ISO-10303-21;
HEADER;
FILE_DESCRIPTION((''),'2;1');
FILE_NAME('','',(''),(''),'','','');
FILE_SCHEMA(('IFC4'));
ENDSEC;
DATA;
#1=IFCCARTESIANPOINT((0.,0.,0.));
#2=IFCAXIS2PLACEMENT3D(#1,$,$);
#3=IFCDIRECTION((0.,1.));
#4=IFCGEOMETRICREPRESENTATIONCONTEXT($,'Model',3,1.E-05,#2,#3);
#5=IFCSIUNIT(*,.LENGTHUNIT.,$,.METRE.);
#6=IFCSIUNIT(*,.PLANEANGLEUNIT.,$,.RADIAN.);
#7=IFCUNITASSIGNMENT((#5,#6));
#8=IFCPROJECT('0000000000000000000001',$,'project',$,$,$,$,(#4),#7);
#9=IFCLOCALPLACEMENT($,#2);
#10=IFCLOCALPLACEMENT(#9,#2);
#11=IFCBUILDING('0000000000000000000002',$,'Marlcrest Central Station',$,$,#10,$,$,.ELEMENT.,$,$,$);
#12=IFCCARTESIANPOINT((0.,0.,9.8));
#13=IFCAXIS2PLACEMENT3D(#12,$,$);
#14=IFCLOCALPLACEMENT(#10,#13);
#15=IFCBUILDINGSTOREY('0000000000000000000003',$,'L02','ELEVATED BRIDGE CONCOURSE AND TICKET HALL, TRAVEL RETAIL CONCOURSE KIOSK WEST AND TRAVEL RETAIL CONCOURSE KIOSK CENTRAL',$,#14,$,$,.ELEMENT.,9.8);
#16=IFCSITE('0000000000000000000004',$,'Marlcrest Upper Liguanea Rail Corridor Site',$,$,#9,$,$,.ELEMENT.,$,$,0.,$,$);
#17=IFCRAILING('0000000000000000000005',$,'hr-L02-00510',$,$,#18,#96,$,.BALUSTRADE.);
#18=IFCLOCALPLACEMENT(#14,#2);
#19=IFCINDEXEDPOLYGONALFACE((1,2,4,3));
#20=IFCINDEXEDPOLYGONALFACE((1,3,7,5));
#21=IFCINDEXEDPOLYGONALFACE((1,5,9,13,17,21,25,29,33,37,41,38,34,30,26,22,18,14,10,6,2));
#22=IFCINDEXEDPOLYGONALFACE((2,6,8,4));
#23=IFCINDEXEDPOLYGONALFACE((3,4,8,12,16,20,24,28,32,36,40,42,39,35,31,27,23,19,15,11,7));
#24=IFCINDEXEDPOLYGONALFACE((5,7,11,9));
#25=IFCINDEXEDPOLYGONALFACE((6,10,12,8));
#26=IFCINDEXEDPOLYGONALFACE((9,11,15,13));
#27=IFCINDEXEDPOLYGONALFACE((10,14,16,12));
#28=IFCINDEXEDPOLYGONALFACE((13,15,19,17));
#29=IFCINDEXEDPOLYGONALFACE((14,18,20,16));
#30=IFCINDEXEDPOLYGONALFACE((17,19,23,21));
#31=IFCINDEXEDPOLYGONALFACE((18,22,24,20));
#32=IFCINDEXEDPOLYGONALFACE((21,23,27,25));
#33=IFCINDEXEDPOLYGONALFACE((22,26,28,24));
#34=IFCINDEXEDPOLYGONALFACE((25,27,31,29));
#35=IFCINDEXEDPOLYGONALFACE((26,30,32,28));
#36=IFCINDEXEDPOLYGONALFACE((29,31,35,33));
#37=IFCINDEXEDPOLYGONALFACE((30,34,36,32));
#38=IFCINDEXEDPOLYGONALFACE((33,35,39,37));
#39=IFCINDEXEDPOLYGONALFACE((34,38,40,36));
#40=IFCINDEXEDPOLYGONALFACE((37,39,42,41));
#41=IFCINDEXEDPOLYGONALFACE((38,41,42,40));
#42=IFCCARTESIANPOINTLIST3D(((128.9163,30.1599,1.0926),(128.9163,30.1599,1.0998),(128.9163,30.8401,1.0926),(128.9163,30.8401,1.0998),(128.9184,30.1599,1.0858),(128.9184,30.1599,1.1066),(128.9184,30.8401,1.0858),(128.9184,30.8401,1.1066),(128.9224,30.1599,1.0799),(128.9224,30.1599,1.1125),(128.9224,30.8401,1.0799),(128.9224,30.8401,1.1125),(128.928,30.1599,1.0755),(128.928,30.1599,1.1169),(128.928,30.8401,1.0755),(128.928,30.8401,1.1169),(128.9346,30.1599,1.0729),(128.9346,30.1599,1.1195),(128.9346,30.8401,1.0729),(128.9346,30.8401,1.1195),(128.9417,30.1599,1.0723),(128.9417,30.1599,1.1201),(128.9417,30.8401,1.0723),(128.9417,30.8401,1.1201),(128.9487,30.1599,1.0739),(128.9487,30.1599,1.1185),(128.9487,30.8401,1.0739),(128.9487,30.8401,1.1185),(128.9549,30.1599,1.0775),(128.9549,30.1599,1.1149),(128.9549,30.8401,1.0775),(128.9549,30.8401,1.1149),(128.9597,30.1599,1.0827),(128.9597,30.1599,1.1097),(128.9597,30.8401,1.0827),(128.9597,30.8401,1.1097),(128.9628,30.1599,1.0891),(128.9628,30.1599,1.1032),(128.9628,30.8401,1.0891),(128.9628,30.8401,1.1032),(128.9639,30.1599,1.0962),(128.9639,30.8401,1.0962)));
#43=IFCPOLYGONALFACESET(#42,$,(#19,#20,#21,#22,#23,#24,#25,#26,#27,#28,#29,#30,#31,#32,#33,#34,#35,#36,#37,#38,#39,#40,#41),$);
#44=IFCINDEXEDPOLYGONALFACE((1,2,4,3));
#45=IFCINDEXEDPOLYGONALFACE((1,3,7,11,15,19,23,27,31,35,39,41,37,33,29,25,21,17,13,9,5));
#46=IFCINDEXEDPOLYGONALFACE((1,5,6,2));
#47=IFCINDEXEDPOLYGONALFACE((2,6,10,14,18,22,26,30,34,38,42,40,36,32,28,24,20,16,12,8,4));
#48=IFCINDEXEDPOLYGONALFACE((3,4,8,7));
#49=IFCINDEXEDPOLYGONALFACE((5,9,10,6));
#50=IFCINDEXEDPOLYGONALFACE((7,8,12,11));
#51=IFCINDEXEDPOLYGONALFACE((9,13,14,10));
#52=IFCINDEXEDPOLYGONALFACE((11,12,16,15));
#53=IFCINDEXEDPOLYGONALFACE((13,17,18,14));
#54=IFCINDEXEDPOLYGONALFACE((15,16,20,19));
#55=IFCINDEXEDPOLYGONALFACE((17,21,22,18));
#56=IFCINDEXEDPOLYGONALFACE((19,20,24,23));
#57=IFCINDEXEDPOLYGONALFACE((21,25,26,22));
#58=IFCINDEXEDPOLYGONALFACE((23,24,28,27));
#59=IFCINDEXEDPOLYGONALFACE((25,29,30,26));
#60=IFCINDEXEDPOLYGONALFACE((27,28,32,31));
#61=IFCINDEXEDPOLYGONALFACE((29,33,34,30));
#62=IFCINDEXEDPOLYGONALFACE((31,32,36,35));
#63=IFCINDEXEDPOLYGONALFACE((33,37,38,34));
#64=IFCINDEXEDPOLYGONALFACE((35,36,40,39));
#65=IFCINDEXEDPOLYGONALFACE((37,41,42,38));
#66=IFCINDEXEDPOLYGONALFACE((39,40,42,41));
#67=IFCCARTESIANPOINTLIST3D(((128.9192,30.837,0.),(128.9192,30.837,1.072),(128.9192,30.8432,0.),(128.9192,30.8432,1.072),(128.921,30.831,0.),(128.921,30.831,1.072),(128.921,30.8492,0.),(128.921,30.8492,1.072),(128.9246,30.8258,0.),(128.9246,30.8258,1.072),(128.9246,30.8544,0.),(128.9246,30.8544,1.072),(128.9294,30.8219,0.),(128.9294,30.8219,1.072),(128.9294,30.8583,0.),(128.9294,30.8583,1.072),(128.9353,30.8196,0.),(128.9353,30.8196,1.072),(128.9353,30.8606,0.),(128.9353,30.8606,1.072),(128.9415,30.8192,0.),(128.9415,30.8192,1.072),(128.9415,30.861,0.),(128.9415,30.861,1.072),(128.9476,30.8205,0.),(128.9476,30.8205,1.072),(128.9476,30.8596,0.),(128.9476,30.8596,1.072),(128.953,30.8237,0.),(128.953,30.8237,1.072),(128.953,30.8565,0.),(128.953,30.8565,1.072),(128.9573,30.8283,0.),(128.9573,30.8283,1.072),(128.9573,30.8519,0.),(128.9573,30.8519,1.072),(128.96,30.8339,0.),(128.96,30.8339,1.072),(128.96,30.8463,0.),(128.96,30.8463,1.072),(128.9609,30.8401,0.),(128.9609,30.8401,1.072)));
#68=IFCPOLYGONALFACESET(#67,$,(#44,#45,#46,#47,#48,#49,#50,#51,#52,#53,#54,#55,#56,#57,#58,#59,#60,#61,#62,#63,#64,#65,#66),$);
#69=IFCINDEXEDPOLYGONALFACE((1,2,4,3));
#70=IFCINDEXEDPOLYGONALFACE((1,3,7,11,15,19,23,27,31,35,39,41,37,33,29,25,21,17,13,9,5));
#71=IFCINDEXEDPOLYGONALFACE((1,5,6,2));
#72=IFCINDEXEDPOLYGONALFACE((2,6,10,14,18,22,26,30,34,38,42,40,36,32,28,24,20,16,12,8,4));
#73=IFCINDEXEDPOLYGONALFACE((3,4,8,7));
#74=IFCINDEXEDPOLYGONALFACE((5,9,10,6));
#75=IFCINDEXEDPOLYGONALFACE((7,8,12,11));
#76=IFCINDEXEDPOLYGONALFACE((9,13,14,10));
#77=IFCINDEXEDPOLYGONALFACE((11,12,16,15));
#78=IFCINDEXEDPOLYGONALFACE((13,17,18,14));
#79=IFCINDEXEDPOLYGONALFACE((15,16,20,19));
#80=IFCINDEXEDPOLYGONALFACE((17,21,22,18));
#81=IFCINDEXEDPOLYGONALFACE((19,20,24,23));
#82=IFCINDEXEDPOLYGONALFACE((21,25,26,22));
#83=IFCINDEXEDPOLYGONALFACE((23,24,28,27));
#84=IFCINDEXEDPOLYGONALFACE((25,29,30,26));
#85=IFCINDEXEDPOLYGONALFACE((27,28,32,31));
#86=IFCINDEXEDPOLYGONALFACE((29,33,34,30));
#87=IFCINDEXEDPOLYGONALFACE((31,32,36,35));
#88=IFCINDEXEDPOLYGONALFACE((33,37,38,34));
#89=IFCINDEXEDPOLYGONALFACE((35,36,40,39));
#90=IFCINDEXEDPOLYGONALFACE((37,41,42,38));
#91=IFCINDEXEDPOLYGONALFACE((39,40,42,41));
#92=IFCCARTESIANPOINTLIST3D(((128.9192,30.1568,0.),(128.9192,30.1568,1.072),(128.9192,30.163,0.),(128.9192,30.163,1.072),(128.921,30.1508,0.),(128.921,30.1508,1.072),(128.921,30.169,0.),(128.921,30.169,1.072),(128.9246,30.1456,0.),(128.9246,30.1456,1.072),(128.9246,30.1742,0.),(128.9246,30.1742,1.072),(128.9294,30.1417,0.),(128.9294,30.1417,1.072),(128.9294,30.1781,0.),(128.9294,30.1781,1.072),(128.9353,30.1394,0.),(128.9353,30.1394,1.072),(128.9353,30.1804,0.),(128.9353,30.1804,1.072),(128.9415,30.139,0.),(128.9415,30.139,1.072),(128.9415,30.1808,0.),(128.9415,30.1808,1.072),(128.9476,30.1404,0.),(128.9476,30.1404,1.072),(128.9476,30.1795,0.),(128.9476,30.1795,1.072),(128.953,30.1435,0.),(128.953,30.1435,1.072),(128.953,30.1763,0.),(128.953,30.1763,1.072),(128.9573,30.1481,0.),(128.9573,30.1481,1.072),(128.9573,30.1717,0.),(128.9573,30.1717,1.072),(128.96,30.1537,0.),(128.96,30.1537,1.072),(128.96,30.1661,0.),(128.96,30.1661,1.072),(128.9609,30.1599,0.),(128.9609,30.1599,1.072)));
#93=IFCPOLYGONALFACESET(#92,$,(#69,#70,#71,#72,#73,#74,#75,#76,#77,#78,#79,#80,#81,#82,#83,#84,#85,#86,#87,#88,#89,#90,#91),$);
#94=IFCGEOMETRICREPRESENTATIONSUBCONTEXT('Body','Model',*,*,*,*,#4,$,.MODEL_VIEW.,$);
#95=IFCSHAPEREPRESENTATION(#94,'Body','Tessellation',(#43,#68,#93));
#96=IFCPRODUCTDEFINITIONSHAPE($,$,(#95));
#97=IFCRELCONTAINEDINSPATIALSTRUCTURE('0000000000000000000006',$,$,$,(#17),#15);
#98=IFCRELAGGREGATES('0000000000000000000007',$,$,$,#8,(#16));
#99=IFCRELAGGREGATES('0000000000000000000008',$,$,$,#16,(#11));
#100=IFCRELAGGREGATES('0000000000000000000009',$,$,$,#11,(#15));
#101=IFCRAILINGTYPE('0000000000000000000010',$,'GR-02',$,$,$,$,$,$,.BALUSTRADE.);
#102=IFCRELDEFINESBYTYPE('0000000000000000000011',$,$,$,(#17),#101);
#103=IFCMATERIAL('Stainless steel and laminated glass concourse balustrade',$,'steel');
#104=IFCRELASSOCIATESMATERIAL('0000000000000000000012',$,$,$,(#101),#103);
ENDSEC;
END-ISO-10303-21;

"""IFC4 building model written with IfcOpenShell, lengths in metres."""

from ifc_helpers import new_model, si_unit, direction, frame, origin, origin_2d, place, context, subcontext, project, spatial, circle, extrude, material, type_object, element, save


model = new_model("IFC4")

# Units and contexts
model_context = context("Model", 3, precision=1e-05, world=origin(), true_north=direction((0.0, 1.0)))
body_context = subcontext(model_context, "Body", "Model", "MODEL_VIEW")
ifc_project = project(units=[si_unit("LENGTHUNIT", "METRE"), si_unit("PLANEANGLEUNIT", "RADIAN")], contexts=[model_context])

# Site, building, storey
site_placement = place(None, origin())
site = spatial("IfcSite", under=ifc_project, at=site_placement, Name="Marlcrest Upper Liguanea Rail Corridor Site", CompositionType="ELEMENT", RefElevation=0.0)
building_placement = place(site_placement, origin())
building = spatial("IfcBuilding", under=site, at=building_placement, Name="Marlcrest Central Station", CompositionType="ELEMENT")
storey_placement = place(building_placement, frame((0.0, 0.0, 9.8)))
storey = spatial("IfcBuildingStorey", under=building, at=storey_placement, Name="L02", Description="ELEVATED BRIDGE CONCOURSE AND TICKET HALL, TRAVEL RETAIL CONCOURSE KIOSK WEST AND TRAVEL RETAIL CONCOURSE KIOSK CENTRAL", CompositionType="ELEMENT", Elevation=9.8)

# Railing
ifc_material_1 = material(Name="Stainless steel and laminated glass concourse balustrade", Category="steel")
railing_type = type_object("IfcRailingType", Name="GR-02", PredefinedType="BALUSTRADE", material=ifc_material_1)
railing_1_placement = place(storey_placement, frame((128.9399, 30.8401, 0.0)))
element("IfcRailing", 1, at=railing_1_placement, inside=storey, type_object=railing_type, Name="hr-L02-00510", PredefinedType="BALUSTRADE", context=body_context, shape_type="SweptSolid", body=[
    extrude(circle(Radius=0.0239, at=origin_2d()), frame((0.0, 0.0, 1.0962), z_axis=(0.0, -1.0, 0.0), x_axis=(1.0, 0.0, 0.0)), (0.0, 0.0, 1.0), 0.6802),
    extrude(circle(Radius=0.021, at=origin_2d()), origin(), (0.0, 0.0, 1.0), 1.072),
    extrude(circle(Radius=0.021, at=origin_2d()), frame((0.0, -0.6802, 0.0)), (0.0, 0.0, 1.0), 1.072),
])

save(model, "model.ifc")
